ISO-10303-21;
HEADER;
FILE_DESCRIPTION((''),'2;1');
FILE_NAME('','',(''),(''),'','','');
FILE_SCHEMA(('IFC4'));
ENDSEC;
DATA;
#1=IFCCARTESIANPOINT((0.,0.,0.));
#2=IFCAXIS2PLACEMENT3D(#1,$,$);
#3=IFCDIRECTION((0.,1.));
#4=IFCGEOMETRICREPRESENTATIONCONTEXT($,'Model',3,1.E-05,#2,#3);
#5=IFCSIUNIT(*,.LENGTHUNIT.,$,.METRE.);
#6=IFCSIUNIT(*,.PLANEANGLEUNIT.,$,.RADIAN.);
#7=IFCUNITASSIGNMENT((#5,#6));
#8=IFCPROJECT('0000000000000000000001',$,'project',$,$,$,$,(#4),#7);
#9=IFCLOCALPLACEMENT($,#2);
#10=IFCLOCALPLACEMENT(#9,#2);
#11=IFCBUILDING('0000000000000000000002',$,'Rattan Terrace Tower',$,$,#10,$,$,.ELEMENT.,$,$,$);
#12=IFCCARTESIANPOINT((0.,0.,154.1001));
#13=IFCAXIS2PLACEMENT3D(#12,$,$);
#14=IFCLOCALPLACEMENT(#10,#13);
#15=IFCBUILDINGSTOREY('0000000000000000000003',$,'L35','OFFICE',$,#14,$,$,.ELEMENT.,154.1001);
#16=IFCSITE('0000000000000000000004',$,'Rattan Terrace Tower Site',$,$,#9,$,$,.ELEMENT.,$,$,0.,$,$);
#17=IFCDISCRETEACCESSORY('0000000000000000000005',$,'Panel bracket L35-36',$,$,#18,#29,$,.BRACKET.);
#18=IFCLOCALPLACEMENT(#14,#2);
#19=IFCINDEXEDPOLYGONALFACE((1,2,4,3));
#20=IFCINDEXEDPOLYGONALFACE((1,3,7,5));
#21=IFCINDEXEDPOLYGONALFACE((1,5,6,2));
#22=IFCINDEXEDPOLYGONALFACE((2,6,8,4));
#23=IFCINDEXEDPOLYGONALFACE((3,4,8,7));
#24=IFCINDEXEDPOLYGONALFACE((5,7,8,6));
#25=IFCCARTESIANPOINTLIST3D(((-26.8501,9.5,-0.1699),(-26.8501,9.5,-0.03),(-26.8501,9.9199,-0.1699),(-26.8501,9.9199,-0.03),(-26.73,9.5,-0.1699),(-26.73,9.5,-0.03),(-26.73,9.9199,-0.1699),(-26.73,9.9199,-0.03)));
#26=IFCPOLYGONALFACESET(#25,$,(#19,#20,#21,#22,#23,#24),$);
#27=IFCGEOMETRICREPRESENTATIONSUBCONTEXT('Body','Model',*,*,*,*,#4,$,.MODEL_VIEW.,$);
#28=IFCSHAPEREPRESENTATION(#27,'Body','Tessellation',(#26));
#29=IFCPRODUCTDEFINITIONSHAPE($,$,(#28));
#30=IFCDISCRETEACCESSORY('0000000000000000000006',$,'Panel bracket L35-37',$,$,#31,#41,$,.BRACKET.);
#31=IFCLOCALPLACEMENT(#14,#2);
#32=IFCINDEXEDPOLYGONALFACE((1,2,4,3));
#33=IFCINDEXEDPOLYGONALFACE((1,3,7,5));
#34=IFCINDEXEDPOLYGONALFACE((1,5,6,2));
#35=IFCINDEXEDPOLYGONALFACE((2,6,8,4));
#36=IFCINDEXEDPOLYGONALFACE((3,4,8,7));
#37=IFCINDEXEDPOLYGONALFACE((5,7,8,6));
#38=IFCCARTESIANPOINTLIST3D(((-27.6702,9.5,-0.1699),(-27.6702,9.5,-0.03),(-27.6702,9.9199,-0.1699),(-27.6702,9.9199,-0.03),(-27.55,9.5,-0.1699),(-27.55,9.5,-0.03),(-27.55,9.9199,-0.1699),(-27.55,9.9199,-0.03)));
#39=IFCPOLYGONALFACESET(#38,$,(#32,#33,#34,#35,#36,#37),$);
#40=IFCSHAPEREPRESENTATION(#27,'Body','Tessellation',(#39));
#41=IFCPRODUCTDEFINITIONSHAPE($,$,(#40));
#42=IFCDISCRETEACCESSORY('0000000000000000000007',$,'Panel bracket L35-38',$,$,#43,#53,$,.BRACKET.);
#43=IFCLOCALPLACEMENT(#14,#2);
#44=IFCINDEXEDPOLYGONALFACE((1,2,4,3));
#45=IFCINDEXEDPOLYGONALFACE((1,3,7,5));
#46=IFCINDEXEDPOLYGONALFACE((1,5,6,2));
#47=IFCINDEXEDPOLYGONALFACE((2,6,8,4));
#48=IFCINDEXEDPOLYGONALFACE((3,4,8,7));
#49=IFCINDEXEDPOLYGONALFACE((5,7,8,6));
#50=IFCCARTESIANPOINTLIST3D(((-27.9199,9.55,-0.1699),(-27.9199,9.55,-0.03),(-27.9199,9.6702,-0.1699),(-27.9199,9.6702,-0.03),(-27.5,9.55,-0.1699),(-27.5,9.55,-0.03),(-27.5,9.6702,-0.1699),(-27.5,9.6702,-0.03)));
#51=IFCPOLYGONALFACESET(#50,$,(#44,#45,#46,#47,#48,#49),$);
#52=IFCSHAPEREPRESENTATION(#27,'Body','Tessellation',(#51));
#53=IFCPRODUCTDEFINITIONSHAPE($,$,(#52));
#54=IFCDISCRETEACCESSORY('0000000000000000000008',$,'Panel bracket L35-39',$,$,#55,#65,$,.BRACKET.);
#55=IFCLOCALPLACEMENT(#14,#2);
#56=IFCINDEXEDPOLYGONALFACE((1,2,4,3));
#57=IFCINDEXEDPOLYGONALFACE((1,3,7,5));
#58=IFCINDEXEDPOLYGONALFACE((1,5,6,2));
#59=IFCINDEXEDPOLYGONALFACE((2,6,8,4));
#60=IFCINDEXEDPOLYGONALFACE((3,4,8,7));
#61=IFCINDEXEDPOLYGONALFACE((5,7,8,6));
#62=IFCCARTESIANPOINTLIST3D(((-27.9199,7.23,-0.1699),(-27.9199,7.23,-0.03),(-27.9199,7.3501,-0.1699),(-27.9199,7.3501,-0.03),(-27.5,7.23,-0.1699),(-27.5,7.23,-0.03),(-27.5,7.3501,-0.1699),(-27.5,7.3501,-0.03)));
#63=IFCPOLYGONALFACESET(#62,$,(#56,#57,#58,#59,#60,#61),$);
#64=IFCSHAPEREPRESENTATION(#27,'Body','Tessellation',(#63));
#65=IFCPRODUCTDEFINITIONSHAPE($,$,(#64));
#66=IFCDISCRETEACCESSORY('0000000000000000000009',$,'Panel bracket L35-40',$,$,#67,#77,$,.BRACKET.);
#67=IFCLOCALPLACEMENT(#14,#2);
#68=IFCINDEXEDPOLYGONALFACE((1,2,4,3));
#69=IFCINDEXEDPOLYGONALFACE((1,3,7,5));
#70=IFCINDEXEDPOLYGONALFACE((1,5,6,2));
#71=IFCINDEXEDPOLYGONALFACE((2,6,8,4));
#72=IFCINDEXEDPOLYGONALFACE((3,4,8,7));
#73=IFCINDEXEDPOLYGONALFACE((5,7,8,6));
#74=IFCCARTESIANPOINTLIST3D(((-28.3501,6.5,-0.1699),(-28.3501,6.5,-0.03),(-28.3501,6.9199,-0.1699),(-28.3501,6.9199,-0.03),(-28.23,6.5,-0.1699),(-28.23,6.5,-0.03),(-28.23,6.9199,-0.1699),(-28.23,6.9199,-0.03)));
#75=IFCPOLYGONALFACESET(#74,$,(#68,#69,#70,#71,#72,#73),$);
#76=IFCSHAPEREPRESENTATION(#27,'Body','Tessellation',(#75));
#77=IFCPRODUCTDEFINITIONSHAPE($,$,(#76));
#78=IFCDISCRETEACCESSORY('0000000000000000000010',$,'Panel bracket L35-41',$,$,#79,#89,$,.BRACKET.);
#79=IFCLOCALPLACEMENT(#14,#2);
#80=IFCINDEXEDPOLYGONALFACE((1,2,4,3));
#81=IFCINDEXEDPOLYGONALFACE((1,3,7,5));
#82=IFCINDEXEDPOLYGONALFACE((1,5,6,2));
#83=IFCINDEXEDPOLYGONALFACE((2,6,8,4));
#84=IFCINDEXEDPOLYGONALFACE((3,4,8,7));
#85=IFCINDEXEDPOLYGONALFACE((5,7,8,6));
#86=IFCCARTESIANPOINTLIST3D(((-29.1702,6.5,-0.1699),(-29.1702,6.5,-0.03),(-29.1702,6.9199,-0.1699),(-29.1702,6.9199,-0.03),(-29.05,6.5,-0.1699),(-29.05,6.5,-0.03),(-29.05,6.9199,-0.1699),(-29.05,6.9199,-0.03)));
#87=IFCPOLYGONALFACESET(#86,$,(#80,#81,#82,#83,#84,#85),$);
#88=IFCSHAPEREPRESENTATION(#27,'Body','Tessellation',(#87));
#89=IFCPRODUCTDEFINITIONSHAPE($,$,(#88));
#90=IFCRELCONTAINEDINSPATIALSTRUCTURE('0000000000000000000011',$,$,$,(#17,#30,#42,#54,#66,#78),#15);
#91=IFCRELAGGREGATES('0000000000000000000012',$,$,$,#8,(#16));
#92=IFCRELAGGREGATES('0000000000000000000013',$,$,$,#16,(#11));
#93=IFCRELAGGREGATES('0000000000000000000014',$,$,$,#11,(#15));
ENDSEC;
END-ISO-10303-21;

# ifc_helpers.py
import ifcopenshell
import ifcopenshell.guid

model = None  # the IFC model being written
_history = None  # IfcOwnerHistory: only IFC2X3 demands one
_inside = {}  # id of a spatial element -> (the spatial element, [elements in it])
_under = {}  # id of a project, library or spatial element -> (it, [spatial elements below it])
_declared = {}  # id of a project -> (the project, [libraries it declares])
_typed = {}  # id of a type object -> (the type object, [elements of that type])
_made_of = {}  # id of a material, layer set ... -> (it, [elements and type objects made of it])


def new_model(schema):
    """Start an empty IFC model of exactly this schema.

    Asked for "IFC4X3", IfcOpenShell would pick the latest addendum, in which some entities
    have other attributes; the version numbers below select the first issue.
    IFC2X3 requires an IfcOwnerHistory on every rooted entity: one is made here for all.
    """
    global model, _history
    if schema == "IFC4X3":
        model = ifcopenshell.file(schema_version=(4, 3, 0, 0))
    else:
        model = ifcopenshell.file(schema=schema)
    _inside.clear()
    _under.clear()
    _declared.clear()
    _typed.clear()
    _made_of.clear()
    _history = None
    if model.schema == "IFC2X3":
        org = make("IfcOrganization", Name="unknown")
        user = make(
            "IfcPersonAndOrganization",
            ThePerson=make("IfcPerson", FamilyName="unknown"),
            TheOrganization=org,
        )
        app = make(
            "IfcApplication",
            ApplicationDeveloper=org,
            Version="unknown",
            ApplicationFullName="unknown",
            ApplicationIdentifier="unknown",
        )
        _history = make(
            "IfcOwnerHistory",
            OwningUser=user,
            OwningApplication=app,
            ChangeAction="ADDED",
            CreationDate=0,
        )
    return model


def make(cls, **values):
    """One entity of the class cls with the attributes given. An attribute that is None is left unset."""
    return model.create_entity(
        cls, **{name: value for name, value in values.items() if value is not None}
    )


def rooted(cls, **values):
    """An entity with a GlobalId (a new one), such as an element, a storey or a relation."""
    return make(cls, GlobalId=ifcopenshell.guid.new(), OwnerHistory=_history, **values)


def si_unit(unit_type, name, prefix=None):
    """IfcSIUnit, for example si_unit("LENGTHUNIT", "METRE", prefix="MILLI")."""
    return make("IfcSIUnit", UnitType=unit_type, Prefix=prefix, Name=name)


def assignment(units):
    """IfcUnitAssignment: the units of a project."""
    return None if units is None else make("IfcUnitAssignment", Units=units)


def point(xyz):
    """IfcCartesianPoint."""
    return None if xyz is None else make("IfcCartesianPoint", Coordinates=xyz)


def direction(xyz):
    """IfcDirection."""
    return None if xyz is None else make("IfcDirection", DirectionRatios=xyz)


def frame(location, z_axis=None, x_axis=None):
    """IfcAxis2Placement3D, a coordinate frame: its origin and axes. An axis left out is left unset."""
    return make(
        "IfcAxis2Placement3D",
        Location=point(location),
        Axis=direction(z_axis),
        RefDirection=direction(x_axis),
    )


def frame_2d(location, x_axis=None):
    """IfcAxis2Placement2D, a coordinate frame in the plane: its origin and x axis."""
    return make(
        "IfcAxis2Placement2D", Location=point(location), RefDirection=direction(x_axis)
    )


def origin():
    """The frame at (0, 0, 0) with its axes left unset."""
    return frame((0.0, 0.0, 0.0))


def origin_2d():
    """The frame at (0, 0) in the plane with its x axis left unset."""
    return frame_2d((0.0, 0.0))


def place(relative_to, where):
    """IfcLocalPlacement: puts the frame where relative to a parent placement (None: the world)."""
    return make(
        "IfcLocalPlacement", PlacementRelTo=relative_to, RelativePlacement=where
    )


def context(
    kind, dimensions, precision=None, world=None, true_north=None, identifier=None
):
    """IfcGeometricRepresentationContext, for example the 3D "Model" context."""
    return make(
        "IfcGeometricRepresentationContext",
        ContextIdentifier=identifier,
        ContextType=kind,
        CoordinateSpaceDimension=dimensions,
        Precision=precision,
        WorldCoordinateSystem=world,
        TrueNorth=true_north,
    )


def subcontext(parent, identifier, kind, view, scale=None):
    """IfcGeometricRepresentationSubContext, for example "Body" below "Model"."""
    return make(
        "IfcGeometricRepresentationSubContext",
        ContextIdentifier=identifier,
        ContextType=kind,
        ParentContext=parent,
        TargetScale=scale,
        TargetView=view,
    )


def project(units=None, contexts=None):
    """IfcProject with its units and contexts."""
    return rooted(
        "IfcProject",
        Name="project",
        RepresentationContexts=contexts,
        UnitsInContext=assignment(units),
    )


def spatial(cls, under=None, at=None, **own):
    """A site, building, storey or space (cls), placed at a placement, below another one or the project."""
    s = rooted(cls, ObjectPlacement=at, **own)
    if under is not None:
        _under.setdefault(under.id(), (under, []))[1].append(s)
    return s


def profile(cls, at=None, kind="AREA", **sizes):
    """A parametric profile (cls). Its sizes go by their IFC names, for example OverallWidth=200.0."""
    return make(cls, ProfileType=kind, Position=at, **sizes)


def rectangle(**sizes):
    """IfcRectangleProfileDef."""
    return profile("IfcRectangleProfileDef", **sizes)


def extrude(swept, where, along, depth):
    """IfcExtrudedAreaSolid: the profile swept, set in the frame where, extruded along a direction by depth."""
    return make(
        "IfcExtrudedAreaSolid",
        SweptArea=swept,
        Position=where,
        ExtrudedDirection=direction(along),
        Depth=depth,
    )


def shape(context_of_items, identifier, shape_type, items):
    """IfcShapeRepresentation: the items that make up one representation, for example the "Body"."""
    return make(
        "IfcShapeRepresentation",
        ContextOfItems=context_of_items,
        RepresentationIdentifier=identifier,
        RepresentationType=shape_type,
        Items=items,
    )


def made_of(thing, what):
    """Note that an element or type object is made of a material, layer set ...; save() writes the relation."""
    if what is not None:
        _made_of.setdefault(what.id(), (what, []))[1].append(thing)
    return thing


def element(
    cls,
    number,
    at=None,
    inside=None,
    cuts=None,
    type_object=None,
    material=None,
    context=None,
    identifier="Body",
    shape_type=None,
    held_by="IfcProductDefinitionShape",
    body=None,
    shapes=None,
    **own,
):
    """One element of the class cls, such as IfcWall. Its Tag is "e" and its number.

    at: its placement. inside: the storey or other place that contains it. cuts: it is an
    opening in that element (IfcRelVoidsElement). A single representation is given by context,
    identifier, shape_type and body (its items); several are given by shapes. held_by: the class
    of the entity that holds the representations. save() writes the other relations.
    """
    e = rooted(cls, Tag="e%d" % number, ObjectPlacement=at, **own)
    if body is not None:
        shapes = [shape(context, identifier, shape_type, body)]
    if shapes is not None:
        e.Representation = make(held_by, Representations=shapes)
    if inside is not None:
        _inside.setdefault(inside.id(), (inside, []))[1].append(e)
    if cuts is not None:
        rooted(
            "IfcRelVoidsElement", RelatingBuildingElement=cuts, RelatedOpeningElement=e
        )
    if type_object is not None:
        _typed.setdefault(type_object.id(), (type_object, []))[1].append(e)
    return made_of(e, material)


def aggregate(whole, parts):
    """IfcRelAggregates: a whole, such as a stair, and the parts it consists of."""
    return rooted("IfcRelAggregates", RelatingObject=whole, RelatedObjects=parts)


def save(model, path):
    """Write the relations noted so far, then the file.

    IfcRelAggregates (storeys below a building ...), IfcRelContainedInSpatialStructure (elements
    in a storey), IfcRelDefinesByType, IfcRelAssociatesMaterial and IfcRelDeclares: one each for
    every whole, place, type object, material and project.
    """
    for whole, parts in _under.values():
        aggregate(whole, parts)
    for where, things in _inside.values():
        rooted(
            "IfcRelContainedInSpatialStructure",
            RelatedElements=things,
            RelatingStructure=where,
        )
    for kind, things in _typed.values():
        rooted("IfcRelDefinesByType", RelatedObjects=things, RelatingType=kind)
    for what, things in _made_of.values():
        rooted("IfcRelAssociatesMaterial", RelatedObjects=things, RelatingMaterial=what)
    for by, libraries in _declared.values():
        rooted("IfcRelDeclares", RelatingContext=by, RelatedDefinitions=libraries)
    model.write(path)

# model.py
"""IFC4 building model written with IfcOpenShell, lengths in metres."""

from ifc_helpers import new_model, si_unit, direction, frame, origin, origin_2d, place, context, subcontext, project, spatial, rectangle, extrude, element, save


model = new_model("IFC4")

# Units and contexts
model_context = context("Model", 3, precision=1e-05, world=origin(), true_north=direction((0.0, 1.0)))
body_context = subcontext(model_context, "Body", "Model", "MODEL_VIEW")
ifc_project = project(units=[si_unit("LENGTHUNIT", "METRE"), si_unit("PLANEANGLEUNIT", "RADIAN")], contexts=[model_context])

# Site, building, storey
site_placement = place(None, origin())
site = spatial("IfcSite", under=ifc_project, at=site_placement, Name="Rattan Terrace Tower Site", CompositionType="ELEMENT", RefElevation=0.0)
building_placement = place(site_placement, origin())
building = spatial("IfcBuilding", under=site, at=building_placement, Name="Rattan Terrace Tower", CompositionType="ELEMENT")
storey_placement = place(building_placement, frame((0.0, 0.0, 154.1001)))
storey = spatial("IfcBuildingStorey", under=building, at=storey_placement, Name="L35", Description="OFFICE", CompositionType="ELEMENT", Elevation=154.1001)

# Discrete accessories
for number, where, z_axis, x_axis, name in (
    (1, (-26.79, 9.71, -0.1699), (0.0, 0.0, 1.0), (-1.0, 0.0, 0.0), "Panel bracket L35-36"),
    (2, (-27.6101, 9.71, -0.1699), (0.0, 0.0, 1.0), (-1.0, 0.0, 0.0), "Panel bracket L35-37"),
    (3, (-27.71, 9.6101, -0.1699), (0.0, 0.0, 1.0), (0.0, -1.0, 0.0), "Panel bracket L35-38"),
    (4, (-27.71, 7.29, -0.1699), (0.0, 0.0, 1.0), (0.0, -1.0, 0.0), "Panel bracket L35-39"),
    (5, (-28.29, 6.71, -0.1699), (0.0, 0.0, 1.0), (-1.0, 0.0, 0.0), "Panel bracket L35-40"),
    (6, (-29.1101, 6.71, -0.1699), (0.0, 0.0, 1.0), (-1.0, 0.0, 0.0), "Panel bracket L35-41"),
):
    element("IfcDiscreteAccessory", number, at=place(storey_placement, frame(where, z_axis=z_axis, x_axis=x_axis)), inside=storey, Name=name, PredefinedType="BRACKET", context=body_context, shape_type="SweptSolid", body=[
        extrude(rectangle(XDim=0.1201, YDim=0.4199, at=origin_2d()), origin(), (0.0, 0.0, 1.0), 0.1399),
    ])

save(model, "model.ifc")
